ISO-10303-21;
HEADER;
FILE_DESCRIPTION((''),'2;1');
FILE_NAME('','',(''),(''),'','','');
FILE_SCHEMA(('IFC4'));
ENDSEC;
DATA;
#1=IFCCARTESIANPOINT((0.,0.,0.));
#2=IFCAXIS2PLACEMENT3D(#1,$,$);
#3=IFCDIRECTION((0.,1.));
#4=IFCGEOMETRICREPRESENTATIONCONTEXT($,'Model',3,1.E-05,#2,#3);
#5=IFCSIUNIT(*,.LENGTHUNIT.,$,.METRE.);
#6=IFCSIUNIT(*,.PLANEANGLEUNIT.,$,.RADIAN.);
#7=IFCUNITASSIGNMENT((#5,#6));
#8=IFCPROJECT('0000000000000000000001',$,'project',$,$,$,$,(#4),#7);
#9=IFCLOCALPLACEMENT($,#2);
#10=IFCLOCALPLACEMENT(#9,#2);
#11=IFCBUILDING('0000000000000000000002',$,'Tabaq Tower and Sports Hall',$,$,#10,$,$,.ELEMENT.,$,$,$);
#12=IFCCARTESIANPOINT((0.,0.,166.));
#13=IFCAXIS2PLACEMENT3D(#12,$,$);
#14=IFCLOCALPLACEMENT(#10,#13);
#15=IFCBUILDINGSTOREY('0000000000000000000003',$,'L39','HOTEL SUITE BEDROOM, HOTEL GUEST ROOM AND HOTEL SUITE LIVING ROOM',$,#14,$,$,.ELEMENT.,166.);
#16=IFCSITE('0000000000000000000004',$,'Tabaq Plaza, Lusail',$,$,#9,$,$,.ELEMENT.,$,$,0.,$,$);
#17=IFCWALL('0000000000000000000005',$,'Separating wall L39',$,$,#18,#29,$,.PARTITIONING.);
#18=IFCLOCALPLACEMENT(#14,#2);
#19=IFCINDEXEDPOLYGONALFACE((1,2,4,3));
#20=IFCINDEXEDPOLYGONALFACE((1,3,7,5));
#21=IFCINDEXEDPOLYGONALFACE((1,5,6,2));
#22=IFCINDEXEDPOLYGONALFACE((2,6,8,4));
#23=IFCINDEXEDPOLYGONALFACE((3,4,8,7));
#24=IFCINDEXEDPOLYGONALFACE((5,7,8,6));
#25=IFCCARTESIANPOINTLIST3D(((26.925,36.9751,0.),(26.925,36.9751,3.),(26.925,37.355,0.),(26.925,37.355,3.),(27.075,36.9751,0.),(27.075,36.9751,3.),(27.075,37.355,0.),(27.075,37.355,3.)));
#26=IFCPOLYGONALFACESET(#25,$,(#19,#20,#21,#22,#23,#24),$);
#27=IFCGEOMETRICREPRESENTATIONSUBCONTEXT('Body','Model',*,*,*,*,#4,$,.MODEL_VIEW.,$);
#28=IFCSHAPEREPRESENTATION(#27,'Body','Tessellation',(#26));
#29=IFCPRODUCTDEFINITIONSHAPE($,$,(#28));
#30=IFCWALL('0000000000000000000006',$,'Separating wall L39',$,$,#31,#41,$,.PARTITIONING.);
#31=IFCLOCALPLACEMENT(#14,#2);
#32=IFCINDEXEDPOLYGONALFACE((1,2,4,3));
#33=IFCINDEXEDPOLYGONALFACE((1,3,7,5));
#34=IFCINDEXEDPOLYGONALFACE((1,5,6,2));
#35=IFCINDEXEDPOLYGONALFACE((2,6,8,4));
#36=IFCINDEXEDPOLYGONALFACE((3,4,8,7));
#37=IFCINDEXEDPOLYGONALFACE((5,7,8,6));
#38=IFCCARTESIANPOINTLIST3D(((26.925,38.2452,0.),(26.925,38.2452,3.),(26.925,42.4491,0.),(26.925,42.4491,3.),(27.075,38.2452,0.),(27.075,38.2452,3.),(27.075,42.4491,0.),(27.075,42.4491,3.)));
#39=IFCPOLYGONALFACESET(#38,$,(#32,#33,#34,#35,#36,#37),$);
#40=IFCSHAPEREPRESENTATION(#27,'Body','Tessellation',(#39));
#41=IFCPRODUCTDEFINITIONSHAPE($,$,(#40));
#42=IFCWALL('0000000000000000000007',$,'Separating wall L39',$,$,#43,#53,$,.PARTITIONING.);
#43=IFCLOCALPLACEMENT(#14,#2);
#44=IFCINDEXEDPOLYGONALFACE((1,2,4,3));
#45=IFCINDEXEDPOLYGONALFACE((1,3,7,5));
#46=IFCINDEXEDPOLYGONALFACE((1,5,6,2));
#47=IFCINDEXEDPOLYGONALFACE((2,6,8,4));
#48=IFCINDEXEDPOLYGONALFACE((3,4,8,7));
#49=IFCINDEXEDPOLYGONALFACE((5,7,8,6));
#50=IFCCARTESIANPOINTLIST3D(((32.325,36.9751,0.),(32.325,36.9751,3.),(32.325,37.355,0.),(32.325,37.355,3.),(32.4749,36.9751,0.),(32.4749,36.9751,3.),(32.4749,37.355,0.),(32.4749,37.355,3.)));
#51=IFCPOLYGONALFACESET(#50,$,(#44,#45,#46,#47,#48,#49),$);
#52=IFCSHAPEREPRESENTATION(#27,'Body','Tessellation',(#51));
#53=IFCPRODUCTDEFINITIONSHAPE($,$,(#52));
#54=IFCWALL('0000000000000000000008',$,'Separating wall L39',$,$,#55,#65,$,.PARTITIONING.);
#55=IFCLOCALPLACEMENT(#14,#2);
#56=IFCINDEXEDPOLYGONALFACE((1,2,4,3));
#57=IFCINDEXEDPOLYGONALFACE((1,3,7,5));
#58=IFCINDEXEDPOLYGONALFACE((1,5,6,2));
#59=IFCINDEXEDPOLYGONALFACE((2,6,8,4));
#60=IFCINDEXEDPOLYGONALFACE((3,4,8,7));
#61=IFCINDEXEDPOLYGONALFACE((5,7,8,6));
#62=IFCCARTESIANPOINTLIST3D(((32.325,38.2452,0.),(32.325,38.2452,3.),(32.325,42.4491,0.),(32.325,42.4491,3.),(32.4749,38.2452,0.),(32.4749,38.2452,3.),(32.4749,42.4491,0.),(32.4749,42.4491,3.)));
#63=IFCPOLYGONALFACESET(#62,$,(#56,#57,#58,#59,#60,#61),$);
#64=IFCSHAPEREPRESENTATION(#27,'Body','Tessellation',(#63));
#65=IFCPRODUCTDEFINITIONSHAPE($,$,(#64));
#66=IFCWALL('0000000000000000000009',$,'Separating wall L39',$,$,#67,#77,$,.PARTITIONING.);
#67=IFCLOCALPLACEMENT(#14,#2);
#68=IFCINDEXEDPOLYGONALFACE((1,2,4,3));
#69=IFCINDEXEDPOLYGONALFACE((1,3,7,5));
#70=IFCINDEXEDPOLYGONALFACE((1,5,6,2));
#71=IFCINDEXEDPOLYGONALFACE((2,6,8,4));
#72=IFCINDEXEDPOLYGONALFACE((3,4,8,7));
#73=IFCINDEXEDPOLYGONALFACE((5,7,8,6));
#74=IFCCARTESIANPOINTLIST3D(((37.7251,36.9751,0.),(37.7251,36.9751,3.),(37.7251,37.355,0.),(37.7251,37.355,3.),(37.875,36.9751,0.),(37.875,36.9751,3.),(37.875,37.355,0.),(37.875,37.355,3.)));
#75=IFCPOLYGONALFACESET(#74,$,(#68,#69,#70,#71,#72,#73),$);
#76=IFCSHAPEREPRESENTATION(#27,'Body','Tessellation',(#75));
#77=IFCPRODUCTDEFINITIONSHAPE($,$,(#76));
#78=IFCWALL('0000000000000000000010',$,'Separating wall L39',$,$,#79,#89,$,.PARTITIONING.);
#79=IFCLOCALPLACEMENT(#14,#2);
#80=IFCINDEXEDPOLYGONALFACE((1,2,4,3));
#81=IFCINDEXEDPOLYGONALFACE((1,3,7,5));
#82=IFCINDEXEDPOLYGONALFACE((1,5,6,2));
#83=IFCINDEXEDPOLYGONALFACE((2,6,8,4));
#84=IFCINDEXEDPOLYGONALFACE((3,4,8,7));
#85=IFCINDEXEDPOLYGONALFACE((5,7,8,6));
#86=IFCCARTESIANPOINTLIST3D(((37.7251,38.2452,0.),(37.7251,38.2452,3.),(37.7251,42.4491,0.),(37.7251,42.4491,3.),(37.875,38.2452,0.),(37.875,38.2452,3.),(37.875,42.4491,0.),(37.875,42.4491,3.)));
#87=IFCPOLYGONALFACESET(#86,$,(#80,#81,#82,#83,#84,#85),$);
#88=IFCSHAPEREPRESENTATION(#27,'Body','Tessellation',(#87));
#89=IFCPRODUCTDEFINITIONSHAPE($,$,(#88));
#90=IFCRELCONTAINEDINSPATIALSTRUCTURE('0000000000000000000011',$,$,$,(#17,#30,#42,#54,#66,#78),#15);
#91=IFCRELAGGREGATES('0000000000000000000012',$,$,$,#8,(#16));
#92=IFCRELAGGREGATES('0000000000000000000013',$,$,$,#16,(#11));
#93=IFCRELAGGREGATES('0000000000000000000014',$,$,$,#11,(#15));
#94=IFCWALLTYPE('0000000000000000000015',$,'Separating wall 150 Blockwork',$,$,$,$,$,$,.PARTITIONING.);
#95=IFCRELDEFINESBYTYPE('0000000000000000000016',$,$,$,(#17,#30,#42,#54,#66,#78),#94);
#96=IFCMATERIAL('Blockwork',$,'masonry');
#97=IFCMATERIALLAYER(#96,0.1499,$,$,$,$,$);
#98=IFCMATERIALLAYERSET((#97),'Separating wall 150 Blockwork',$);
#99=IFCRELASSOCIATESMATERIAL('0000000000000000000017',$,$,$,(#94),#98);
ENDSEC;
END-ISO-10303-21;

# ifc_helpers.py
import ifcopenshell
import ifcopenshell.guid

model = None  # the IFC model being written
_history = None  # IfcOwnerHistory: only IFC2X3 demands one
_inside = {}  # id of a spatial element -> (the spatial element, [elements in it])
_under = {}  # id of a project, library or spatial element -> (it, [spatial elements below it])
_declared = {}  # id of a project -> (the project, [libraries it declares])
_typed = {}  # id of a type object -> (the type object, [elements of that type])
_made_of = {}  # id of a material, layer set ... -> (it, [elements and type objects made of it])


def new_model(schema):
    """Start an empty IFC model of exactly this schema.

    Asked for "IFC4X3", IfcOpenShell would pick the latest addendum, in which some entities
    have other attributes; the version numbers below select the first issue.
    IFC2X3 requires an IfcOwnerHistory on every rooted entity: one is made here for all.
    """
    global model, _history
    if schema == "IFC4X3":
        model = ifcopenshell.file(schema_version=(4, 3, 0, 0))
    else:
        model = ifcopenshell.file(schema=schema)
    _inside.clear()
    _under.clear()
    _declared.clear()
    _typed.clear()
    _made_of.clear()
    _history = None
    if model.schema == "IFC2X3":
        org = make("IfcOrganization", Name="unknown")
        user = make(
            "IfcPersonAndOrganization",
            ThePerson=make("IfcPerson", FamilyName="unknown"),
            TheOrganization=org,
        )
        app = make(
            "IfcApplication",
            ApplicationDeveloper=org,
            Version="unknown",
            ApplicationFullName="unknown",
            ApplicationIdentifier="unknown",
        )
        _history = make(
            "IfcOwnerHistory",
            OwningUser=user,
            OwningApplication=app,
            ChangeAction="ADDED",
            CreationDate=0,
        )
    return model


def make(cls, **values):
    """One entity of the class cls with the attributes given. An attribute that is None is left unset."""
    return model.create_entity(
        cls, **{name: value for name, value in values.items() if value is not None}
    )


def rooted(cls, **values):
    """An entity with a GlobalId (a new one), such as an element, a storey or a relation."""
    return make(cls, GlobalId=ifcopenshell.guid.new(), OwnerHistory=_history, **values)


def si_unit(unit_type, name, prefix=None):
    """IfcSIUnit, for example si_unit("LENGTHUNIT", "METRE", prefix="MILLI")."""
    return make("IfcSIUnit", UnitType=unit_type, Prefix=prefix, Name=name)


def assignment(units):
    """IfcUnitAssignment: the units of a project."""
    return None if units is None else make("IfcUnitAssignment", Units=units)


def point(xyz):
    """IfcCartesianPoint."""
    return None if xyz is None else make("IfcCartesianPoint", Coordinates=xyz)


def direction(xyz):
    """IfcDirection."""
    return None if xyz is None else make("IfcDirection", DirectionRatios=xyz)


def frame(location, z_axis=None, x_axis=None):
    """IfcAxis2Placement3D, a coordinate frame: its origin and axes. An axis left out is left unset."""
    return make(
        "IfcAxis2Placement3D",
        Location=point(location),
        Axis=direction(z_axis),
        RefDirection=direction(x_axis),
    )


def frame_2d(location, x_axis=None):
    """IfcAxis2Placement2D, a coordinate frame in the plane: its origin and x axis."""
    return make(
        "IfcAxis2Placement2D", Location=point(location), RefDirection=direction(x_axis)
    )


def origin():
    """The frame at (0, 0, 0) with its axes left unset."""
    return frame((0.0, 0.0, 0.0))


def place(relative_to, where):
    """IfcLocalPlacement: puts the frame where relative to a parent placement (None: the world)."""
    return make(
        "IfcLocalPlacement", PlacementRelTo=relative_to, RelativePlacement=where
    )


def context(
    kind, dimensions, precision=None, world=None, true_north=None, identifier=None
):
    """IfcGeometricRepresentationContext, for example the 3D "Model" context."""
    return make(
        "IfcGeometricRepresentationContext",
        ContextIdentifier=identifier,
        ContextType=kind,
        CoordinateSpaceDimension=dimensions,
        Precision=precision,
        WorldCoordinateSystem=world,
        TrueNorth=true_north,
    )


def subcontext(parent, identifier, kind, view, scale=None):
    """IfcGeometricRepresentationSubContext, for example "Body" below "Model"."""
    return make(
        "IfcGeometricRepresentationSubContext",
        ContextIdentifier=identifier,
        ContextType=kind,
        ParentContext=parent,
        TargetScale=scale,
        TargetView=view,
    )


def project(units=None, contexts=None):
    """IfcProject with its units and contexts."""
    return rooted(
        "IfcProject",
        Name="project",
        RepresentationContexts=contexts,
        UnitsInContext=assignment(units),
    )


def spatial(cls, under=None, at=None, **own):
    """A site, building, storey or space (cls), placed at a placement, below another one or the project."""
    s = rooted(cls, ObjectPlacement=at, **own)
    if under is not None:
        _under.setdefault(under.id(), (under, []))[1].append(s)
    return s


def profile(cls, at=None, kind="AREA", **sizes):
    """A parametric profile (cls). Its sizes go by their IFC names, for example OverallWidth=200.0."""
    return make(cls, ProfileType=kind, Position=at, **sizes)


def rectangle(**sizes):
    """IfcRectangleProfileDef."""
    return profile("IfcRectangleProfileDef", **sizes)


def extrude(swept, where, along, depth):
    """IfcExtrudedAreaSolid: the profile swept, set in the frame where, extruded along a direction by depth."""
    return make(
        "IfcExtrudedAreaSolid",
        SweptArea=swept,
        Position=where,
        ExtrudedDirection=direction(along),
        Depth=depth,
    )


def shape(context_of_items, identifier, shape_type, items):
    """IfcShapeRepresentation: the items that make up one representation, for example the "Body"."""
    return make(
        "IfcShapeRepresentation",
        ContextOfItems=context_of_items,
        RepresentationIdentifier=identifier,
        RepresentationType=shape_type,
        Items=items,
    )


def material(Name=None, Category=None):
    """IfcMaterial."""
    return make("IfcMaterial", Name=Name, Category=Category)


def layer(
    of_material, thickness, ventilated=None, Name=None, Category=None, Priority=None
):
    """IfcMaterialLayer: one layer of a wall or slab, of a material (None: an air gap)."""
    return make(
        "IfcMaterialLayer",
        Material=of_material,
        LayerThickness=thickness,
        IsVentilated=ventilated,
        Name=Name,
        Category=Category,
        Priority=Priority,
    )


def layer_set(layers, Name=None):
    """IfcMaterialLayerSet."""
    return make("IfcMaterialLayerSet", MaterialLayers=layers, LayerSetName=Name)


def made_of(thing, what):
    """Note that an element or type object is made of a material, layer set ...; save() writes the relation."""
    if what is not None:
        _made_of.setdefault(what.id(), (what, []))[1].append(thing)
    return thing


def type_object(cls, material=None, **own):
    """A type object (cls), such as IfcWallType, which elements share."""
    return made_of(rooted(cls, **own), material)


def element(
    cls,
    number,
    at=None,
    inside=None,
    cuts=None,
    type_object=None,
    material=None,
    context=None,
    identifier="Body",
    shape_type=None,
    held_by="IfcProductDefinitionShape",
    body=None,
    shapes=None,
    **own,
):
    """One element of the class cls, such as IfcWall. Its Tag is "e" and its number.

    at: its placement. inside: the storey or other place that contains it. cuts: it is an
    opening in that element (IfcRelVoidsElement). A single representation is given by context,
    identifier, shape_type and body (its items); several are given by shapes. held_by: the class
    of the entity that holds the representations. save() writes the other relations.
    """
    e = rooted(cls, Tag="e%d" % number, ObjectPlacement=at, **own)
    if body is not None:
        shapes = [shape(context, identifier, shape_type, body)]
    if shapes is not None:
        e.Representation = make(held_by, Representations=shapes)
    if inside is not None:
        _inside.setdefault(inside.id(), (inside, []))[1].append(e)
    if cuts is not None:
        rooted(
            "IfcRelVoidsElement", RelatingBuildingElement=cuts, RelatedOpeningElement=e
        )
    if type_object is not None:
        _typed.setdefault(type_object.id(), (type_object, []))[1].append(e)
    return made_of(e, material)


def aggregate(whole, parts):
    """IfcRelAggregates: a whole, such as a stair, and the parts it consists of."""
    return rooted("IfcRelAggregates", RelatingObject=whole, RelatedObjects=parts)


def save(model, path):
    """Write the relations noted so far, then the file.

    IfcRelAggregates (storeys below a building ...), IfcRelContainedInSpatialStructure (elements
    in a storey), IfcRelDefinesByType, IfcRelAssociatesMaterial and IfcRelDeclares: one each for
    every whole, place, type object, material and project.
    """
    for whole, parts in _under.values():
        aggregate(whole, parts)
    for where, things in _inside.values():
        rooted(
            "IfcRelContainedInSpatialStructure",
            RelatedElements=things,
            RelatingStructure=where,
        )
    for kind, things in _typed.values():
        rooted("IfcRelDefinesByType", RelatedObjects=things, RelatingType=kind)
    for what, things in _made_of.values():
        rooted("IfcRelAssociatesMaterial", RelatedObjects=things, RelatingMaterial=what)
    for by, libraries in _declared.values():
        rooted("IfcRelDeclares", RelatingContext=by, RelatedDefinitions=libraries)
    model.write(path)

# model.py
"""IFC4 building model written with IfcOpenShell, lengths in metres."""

from ifc_helpers import new_model, si_unit, direction, frame, frame_2d, origin, place, context, subcontext, project, spatial, rectangle, extrude, material, layer, layer_set, type_object, element, save


model = new_model("IFC4")

# Units and contexts
model_context = context("Model", 3, precision=1e-05, world=origin(), true_north=direction((0.0, 1.0)))
body_context = subcontext(model_context, "Body", "Model", "MODEL_VIEW")
ifc_project = project(units=[si_unit("LENGTHUNIT", "METRE"), si_unit("PLANEANGLEUNIT", "RADIAN")], contexts=[model_context])

# Site, building, storey
site_placement = place(None, origin())
site = spatial("IfcSite", under=ifc_project, at=site_placement, Name="Tabaq Plaza, Lusail", CompositionType="ELEMENT", RefElevation=0.0)
building_placement = place(site_placement, origin())
building = spatial("IfcBuilding", under=site, at=building_placement, Name="Tabaq Tower and Sports Hall", CompositionType="ELEMENT")
storey_placement = place(building_placement, frame((0.0, 0.0, 166.0)))
storey = spatial("IfcBuildingStorey", under=building, at=storey_placement, Name="L39", Description="HOTEL SUITE BEDROOM, HOTEL GUEST ROOM AND HOTEL SUITE LIVING ROOM", CompositionType="ELEMENT", Elevation=166.0)

# Walls
ifc_material_1 = material(Name="Blockwork", Category="masonry")
ifc_layer_1 = layer(ifc_material_1, 0.1499)
ifc_layer_set_1 = layer_set([ifc_layer_1], Name="Separating wall 150 Blockwork")
wall_type_1 = type_object("IfcWallType", Name="Separating wall 150 Blockwork", PredefinedType="PARTITIONING", material=ifc_layer_set_1)
wall_1_placement = place(storey_placement, frame((27.0, 36.9751, 0.0), z_axis=(0.0, 0.0, 1.0), x_axis=(0.0, 1.0, 0.0)))
element("IfcWall", 1, at=wall_1_placement, inside=storey, type_object=wall_type_1, Name="Separating wall L39", PredefinedType="PARTITIONING", context=body_context, shape_type="SweptSolid", body=[
    extrude(rectangle(XDim=0.3799, YDim=0.1499, at=frame_2d((0.1899, 0.0))), origin(), (0.0, 0.0, 1.0), 3.0),
])
wall_2_placement = place(storey_placement, frame((27.0, 38.2451, 0.0), z_axis=(0.0, 0.0, 1.0), x_axis=(0.0, 1.0, 0.0)))
element("IfcWall", 2, at=wall_2_placement, inside=storey, type_object=wall_type_1, Name="Separating wall L39", PredefinedType="PARTITIONING", context=body_context, shape_type="SweptSolid", body=[
    extrude(rectangle(XDim=4.2039, YDim=0.1499, at=frame_2d((2.1021, 0.0))), origin(), (0.0, 0.0, 1.0), 3.0),
])
wall_3_placement = place(storey_placement, frame((32.3999, 36.9751, 0.0), z_axis=(0.0, 0.0, 1.0), x_axis=(0.0, 1.0, 0.0)))
element("IfcWall", 3, at=wall_3_placement, inside=storey, type_object=wall_type_1, Name="Separating wall L39", PredefinedType="PARTITIONING", context=body_context, shape_type="SweptSolid", body=[
    extrude(rectangle(XDim=0.3799, YDim=0.1499, at=frame_2d((0.1899, 0.0))), origin(), (0.0, 0.0, 1.0), 3.0),
])
wall_4_placement = place(storey_placement, frame((32.3999, 38.2451, 0.0), z_axis=(0.0, 0.0, 1.0), x_axis=(0.0, 1.0, 0.0)))
element("IfcWall", 4, at=wall_4_placement, inside=storey, type_object=wall_type_1, Name="Separating wall L39", PredefinedType="PARTITIONING", context=body_context, shape_type="SweptSolid", body=[
    extrude(rectangle(XDim=4.2039, YDim=0.1499, at=frame_2d((2.1021, 0.0))), origin(), (0.0, 0.0, 1.0), 3.0),
])
wall_5_placement = place(storey_placement, frame((37.8, 36.9751, 0.0), z_axis=(0.0, 0.0, 1.0), x_axis=(0.0, 1.0, 0.0)))
element("IfcWall", 5, at=wall_5_placement, inside=storey, type_object=wall_type_1, Name="Separating wall L39", PredefinedType="PARTITIONING", context=body_context, shape_type="SweptSolid", body=[
    extrude(rectangle(XDim=0.3799, YDim=0.1499, at=frame_2d((0.1899, 0.0))), origin(), (0.0, 0.0, 1.0), 3.0),
])
wall_6_placement = place(storey_placement, frame((37.8, 38.2451, 0.0), z_axis=(0.0, 0.0, 1.0), x_axis=(0.0, 1.0, 0.0)))
element("IfcWall", 6, at=wall_6_placement, inside=storey, type_object=wall_type_1, Name="Separating wall L39", PredefinedType="PARTITIONING", context=body_context, shape_type="SweptSolid", body=[
    extrude(rectangle(XDim=4.2039, YDim=0.1499, at=frame_2d((2.1021, 0.0))), origin(), (0.0, 0.0, 1.0), 3.0),
])

save(model, "model.ifc")
